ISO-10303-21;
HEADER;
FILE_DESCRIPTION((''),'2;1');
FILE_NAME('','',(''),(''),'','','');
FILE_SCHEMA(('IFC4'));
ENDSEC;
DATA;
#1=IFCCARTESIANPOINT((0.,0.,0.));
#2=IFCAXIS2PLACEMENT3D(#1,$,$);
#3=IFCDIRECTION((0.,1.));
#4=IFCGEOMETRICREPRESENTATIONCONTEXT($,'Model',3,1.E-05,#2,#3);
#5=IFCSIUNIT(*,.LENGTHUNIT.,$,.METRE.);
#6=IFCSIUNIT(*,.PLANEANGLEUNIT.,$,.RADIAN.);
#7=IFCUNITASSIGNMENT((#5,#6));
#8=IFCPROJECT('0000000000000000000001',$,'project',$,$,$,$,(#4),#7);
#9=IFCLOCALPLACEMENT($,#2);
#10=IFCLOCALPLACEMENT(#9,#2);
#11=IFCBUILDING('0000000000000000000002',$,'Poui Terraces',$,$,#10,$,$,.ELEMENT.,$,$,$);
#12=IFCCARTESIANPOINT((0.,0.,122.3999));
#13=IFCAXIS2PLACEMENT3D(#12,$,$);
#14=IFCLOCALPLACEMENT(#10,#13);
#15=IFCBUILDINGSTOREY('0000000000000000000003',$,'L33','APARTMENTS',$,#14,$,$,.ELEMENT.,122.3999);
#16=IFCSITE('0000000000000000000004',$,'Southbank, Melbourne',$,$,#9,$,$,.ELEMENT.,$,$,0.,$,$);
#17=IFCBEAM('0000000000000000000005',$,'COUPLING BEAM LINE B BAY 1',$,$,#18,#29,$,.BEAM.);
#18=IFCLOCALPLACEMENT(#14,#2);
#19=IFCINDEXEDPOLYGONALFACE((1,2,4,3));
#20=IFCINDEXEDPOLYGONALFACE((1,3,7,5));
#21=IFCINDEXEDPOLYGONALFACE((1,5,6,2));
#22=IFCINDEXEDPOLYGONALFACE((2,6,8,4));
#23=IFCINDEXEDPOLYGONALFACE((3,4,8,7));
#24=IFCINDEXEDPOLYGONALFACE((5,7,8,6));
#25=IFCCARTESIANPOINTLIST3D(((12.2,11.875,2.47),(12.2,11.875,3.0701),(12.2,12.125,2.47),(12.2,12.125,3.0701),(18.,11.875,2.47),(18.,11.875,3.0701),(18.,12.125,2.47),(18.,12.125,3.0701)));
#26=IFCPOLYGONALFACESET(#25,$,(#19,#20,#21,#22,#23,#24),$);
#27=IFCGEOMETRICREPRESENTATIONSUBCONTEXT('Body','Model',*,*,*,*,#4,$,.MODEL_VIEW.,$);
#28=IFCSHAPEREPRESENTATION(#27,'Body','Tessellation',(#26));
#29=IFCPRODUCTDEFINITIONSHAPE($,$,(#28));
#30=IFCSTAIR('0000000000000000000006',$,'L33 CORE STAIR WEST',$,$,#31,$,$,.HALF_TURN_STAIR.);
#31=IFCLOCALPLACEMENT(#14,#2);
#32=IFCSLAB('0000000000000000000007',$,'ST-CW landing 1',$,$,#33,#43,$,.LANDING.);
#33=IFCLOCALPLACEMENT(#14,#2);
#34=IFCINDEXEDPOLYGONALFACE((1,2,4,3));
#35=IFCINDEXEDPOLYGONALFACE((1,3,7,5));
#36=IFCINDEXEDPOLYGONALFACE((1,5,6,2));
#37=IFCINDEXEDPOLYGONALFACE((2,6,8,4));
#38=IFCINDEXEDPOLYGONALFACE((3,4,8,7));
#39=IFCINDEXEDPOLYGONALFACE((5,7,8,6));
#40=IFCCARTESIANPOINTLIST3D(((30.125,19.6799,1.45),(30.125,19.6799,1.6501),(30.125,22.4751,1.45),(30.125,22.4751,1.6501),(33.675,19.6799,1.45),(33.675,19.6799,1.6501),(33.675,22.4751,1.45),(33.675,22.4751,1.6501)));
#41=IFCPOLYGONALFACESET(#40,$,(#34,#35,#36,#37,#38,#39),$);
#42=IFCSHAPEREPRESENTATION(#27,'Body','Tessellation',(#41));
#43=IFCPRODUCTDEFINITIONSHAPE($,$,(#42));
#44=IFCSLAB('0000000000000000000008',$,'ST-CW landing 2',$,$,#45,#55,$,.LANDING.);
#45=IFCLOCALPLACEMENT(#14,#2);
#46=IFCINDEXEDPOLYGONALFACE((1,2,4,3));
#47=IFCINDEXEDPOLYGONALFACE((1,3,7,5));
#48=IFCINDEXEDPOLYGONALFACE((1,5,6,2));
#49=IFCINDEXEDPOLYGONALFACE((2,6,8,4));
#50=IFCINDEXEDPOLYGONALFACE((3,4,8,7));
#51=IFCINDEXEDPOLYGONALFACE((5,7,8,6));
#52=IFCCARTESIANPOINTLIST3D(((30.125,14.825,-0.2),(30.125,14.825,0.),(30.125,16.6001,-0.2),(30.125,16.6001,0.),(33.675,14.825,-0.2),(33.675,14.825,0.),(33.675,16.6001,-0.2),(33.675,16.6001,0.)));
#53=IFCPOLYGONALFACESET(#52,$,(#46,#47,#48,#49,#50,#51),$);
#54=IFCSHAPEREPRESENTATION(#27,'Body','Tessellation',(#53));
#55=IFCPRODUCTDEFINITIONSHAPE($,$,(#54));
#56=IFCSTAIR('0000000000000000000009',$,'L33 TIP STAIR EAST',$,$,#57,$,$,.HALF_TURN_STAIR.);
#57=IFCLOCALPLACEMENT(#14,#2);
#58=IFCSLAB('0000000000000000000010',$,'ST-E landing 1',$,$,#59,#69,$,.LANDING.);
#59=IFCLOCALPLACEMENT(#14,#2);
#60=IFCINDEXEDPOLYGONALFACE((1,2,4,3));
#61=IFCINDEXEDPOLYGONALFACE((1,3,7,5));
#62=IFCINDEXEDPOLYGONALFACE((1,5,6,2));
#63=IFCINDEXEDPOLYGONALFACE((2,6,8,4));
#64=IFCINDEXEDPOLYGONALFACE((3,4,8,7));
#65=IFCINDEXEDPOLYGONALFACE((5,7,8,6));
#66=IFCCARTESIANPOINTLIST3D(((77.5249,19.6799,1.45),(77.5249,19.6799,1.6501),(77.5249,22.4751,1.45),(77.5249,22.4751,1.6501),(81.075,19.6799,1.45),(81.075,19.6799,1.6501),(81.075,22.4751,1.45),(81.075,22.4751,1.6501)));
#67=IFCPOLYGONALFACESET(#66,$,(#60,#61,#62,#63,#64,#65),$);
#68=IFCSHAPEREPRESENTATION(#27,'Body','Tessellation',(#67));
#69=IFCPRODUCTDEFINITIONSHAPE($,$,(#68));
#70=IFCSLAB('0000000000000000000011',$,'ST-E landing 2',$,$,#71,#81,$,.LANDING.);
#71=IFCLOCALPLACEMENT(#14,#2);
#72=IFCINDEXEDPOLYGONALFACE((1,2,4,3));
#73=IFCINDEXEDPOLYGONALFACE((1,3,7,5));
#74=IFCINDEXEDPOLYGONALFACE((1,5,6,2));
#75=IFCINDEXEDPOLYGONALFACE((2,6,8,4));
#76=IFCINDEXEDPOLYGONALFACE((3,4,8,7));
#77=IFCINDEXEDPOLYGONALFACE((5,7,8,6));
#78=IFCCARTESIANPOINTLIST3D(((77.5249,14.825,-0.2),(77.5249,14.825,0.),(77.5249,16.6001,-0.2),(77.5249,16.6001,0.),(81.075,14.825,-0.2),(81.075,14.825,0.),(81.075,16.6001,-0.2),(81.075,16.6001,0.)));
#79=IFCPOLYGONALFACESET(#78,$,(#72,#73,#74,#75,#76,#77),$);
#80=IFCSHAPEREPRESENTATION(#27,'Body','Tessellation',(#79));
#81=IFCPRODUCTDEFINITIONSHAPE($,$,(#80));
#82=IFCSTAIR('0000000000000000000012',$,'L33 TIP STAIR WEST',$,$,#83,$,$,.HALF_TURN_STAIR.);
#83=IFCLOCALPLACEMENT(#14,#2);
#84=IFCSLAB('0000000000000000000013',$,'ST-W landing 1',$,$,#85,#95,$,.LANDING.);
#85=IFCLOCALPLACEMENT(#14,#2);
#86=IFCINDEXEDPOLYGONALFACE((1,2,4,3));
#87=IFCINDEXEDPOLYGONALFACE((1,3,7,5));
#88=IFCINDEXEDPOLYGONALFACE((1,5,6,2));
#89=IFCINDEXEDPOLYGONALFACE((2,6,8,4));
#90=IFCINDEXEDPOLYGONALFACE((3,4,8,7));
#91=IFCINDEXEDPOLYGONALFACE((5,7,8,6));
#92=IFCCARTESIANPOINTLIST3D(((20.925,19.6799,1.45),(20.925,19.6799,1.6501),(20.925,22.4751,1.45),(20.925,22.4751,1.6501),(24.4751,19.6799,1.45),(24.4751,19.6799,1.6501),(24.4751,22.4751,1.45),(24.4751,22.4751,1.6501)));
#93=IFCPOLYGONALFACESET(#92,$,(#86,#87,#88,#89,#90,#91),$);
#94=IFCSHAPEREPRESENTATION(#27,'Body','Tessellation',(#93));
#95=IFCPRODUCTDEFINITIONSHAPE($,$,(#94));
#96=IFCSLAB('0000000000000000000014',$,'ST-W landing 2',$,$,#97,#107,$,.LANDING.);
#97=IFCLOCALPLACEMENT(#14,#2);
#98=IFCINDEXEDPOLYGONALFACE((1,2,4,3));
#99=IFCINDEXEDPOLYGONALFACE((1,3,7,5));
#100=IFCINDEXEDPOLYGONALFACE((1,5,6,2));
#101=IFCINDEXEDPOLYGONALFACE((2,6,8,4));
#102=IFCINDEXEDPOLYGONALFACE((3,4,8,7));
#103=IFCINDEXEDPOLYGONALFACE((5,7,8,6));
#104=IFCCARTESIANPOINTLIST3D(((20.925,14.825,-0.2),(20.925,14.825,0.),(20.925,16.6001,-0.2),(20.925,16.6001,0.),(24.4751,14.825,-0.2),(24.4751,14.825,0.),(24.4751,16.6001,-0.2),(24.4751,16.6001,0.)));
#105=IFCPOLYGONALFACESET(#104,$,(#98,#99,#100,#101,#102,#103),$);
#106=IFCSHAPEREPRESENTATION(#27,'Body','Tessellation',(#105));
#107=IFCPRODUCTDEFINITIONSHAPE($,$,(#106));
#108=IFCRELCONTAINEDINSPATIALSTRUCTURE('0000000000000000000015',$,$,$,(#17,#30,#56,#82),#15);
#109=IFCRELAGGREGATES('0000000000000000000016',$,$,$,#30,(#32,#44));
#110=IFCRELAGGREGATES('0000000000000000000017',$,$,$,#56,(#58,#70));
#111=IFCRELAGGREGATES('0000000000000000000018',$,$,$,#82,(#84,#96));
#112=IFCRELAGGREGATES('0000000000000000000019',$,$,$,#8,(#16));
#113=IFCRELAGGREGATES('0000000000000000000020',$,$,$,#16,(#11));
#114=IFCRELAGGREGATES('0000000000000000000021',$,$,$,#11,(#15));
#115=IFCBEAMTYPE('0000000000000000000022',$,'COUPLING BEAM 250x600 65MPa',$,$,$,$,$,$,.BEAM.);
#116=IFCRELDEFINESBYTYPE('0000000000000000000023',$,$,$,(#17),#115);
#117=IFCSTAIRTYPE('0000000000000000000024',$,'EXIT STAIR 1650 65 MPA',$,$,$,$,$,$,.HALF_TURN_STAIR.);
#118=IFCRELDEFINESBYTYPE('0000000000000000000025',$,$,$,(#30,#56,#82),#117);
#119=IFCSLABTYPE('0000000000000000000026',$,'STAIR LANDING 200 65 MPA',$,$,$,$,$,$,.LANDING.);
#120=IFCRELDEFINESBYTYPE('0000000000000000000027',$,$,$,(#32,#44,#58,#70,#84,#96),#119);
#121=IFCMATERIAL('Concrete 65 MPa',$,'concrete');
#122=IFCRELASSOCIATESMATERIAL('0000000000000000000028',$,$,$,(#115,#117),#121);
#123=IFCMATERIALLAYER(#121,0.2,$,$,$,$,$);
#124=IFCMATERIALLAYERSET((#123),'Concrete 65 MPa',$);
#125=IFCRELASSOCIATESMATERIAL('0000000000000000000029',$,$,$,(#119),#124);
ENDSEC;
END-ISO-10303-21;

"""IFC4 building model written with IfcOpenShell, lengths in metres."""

from ifc_helpers import new_model, si_unit, direction, frame, origin, origin_2d, place, context, subcontext, project, spatial, polyline, rectangle, outline, extrude, source, transform, mapped, material, layer, layer_set, material_profile, profile_set, type_object, element, aggregate, save


model = new_model("IFC4")

# Units and contexts
model_context = context("Model", 3, precision=1e-05, world=origin(), true_north=direction((0.0, 1.0)))
body_context = subcontext(model_context, "Body", "Model", "MODEL_VIEW")
ifc_project = project(units=[si_unit("LENGTHUNIT", "METRE"), si_unit("PLANEANGLEUNIT", "RADIAN")], contexts=[model_context])

# Site, building, storey
site_placement = place(None, origin())
site = spatial("IfcSite", under=ifc_project, at=site_placement, Name="Southbank, Melbourne", CompositionType="ELEMENT", RefElevation=0.0)
building_placement = place(site_placement, origin())
building = spatial("IfcBuilding", under=site, at=building_placement, Name="Poui Terraces", CompositionType="ELEMENT")
storey_placement = place(building_placement, frame((0.0, 0.0, 122.3999)))
storey = spatial("IfcBuildingStorey", under=building, at=storey_placement, Name="L33", Description="APARTMENTS", CompositionType="ELEMENT", Elevation=122.3999)

# Beam
ifc_material_1 = material(Name="Concrete 65 MPa", Category="concrete")
ifc_material_profile = material_profile(ifc_material_1, rectangle(XDim=0.25, YDim=0.6001, at=origin_2d()), Name="RC 250x600")
ifc_profile_set = profile_set([ifc_material_profile], Name="Concrete 65 MPa")
beam_type = type_object("IfcBeamType", Name="COUPLING BEAM 250x600 65MPa", PredefinedType="BEAM", material=ifc_profile_set)
shared_shape_1 = source(origin(), body_context, "Body", "SweptSolid", [
    extrude(rectangle(XDim=0.25, YDim=0.6001, at=origin_2d()), origin(), (0.0, 0.0, 1.0), 5.8),
])
beam_placement = place(storey_placement, frame((12.2, 12.0, 2.77), z_axis=(1.0, 0.0, 0.0), x_axis=(0.0, 1.0, 0.0)))
element("IfcBeam", 1, at=beam_placement, inside=storey, type_object=beam_type, Name="COUPLING BEAM LINE B BAY 1", PredefinedType="BEAM", context=body_context, shape_type="MappedRepresentation", body=[
    mapped(shared_shape_1, transform((0.0, 0.0, 0.0))),
])

# Stairs, slabs
stair_type = type_object("IfcStairType", Name="EXIT STAIR 1650 65 MPA", PredefinedType="HALF_TURN_STAIR", material=ifc_material_1)
stair_1_placement = place(storey_placement, origin())
stair_1 = element("IfcStair", 2, at=stair_1_placement, inside=storey, type_object=stair_type, Name="L33 CORE STAIR WEST", PredefinedType="HALF_TURN_STAIR")
ifc_layer_1 = layer(ifc_material_1, 0.2)
ifc_layer_set_1 = layer_set([ifc_layer_1], Name="Concrete 65 MPa")
slab_type_1 = type_object("IfcSlabType", Name="STAIR LANDING 200 65 MPA", PredefinedType="LANDING", material=ifc_layer_set_1)
slab_1_placement = place(storey_placement, frame((0.0, 0.0, 1.45)))
slab_1 = element("IfcSlab", 3, at=slab_1_placement, type_object=slab_type_1, Name="ST-CW landing 1", PredefinedType="LANDING", context=body_context, shape_type="SweptSolid", body=[
    extrude(outline(polyline([(30.125, 19.6799), (33.675, 19.6799), (33.675, 22.4751), (30.125, 22.4751), (30.125, 19.6799)])), origin(), (0.0, 0.0, 1.0), 0.2002),
])
slab_2_placement = place(storey_placement, frame((0.0, 0.0, -0.2)))
slab_2 = element("IfcSlab", 4, at=slab_2_placement, type_object=slab_type_1, Name="ST-CW landing 2", PredefinedType="LANDING", context=body_context, shape_type="SweptSolid", body=[
    extrude(outline(polyline([(30.125, 14.825), (33.675, 14.825), (33.675, 16.6001), (30.125, 16.6001), (30.125, 14.825)])), origin(), (0.0, 0.0, 1.0), 0.2),
])
aggregate(stair_1, [slab_1, slab_2])
stair_2_placement = place(storey_placement, origin())
stair_2 = element("IfcStair", 5, at=stair_2_placement, inside=storey, type_object=stair_type, Name="L33 TIP STAIR EAST", PredefinedType="HALF_TURN_STAIR")
slab_3_placement = place(storey_placement, frame((0.0, 0.0, 1.45)))
slab_3 = element("IfcSlab", 6, at=slab_3_placement, type_object=slab_type_1, Name="ST-E landing 1", PredefinedType="LANDING", context=body_context, shape_type="SweptSolid", body=[
    extrude(outline(polyline([(77.5249, 19.6799), (81.075, 19.6799), (81.075, 22.4751), (77.5249, 22.4751), (77.5249, 19.6799)])), origin(), (0.0, 0.0, 1.0), 0.2002),
])
slab_4_placement = place(storey_placement, frame((0.0, 0.0, -0.2)))
slab_4 = element("IfcSlab", 7, at=slab_4_placement, type_object=slab_type_1, Name="ST-E landing 2", PredefinedType="LANDING", context=body_context, shape_type="SweptSolid", body=[
    extrude(outline(polyline([(77.5249, 14.825), (81.075, 14.825), (81.075, 16.6001), (77.5249, 16.6001), (77.5249, 14.825)])), origin(), (0.0, 0.0, 1.0), 0.2),
])
aggregate(stair_2, [slab_3, slab_4])
stair_3_placement = place(storey_placement, origin())
stair_3 = element("IfcStair", 8, at=stair_3_placement, inside=storey, type_object=stair_type, Name="L33 TIP STAIR WEST", PredefinedType="HALF_TURN_STAIR")
slab_5_placement = place(storey_placement, frame((0.0, 0.0, 1.45)))
slab_5 = element("IfcSlab", 9, at=slab_5_placement, type_object=slab_type_1, Name="ST-W landing 1", PredefinedType="LANDING", context=body_context, shape_type="SweptSolid", body=[
    extrude(outline(polyline([(20.925, 19.6799), (24.4751, 19.6799), (24.4751, 22.4751), (20.925, 22.4751), (20.925, 19.6799)])), origin(), (0.0, 0.0, 1.0), 0.2002),
])
slab_6_placement = place(storey_placement, frame((0.0, 0.0, -0.2)))
slab_6 = element("IfcSlab", 10, at=slab_6_placement, type_object=slab_type_1, Name="ST-W landing 2", PredefinedType="LANDING", context=body_context, shape_type="SweptSolid", body=[
    extrude(outline(polyline([(20.925, 14.825), (24.4751, 14.825), (24.4751, 16.6001), (20.925, 16.6001), (20.925, 14.825)])), origin(), (0.0, 0.0, 1.0), 0.2),
])
aggregate(stair_3, [slab_5, slab_6])

save(model, "model.ifc")
